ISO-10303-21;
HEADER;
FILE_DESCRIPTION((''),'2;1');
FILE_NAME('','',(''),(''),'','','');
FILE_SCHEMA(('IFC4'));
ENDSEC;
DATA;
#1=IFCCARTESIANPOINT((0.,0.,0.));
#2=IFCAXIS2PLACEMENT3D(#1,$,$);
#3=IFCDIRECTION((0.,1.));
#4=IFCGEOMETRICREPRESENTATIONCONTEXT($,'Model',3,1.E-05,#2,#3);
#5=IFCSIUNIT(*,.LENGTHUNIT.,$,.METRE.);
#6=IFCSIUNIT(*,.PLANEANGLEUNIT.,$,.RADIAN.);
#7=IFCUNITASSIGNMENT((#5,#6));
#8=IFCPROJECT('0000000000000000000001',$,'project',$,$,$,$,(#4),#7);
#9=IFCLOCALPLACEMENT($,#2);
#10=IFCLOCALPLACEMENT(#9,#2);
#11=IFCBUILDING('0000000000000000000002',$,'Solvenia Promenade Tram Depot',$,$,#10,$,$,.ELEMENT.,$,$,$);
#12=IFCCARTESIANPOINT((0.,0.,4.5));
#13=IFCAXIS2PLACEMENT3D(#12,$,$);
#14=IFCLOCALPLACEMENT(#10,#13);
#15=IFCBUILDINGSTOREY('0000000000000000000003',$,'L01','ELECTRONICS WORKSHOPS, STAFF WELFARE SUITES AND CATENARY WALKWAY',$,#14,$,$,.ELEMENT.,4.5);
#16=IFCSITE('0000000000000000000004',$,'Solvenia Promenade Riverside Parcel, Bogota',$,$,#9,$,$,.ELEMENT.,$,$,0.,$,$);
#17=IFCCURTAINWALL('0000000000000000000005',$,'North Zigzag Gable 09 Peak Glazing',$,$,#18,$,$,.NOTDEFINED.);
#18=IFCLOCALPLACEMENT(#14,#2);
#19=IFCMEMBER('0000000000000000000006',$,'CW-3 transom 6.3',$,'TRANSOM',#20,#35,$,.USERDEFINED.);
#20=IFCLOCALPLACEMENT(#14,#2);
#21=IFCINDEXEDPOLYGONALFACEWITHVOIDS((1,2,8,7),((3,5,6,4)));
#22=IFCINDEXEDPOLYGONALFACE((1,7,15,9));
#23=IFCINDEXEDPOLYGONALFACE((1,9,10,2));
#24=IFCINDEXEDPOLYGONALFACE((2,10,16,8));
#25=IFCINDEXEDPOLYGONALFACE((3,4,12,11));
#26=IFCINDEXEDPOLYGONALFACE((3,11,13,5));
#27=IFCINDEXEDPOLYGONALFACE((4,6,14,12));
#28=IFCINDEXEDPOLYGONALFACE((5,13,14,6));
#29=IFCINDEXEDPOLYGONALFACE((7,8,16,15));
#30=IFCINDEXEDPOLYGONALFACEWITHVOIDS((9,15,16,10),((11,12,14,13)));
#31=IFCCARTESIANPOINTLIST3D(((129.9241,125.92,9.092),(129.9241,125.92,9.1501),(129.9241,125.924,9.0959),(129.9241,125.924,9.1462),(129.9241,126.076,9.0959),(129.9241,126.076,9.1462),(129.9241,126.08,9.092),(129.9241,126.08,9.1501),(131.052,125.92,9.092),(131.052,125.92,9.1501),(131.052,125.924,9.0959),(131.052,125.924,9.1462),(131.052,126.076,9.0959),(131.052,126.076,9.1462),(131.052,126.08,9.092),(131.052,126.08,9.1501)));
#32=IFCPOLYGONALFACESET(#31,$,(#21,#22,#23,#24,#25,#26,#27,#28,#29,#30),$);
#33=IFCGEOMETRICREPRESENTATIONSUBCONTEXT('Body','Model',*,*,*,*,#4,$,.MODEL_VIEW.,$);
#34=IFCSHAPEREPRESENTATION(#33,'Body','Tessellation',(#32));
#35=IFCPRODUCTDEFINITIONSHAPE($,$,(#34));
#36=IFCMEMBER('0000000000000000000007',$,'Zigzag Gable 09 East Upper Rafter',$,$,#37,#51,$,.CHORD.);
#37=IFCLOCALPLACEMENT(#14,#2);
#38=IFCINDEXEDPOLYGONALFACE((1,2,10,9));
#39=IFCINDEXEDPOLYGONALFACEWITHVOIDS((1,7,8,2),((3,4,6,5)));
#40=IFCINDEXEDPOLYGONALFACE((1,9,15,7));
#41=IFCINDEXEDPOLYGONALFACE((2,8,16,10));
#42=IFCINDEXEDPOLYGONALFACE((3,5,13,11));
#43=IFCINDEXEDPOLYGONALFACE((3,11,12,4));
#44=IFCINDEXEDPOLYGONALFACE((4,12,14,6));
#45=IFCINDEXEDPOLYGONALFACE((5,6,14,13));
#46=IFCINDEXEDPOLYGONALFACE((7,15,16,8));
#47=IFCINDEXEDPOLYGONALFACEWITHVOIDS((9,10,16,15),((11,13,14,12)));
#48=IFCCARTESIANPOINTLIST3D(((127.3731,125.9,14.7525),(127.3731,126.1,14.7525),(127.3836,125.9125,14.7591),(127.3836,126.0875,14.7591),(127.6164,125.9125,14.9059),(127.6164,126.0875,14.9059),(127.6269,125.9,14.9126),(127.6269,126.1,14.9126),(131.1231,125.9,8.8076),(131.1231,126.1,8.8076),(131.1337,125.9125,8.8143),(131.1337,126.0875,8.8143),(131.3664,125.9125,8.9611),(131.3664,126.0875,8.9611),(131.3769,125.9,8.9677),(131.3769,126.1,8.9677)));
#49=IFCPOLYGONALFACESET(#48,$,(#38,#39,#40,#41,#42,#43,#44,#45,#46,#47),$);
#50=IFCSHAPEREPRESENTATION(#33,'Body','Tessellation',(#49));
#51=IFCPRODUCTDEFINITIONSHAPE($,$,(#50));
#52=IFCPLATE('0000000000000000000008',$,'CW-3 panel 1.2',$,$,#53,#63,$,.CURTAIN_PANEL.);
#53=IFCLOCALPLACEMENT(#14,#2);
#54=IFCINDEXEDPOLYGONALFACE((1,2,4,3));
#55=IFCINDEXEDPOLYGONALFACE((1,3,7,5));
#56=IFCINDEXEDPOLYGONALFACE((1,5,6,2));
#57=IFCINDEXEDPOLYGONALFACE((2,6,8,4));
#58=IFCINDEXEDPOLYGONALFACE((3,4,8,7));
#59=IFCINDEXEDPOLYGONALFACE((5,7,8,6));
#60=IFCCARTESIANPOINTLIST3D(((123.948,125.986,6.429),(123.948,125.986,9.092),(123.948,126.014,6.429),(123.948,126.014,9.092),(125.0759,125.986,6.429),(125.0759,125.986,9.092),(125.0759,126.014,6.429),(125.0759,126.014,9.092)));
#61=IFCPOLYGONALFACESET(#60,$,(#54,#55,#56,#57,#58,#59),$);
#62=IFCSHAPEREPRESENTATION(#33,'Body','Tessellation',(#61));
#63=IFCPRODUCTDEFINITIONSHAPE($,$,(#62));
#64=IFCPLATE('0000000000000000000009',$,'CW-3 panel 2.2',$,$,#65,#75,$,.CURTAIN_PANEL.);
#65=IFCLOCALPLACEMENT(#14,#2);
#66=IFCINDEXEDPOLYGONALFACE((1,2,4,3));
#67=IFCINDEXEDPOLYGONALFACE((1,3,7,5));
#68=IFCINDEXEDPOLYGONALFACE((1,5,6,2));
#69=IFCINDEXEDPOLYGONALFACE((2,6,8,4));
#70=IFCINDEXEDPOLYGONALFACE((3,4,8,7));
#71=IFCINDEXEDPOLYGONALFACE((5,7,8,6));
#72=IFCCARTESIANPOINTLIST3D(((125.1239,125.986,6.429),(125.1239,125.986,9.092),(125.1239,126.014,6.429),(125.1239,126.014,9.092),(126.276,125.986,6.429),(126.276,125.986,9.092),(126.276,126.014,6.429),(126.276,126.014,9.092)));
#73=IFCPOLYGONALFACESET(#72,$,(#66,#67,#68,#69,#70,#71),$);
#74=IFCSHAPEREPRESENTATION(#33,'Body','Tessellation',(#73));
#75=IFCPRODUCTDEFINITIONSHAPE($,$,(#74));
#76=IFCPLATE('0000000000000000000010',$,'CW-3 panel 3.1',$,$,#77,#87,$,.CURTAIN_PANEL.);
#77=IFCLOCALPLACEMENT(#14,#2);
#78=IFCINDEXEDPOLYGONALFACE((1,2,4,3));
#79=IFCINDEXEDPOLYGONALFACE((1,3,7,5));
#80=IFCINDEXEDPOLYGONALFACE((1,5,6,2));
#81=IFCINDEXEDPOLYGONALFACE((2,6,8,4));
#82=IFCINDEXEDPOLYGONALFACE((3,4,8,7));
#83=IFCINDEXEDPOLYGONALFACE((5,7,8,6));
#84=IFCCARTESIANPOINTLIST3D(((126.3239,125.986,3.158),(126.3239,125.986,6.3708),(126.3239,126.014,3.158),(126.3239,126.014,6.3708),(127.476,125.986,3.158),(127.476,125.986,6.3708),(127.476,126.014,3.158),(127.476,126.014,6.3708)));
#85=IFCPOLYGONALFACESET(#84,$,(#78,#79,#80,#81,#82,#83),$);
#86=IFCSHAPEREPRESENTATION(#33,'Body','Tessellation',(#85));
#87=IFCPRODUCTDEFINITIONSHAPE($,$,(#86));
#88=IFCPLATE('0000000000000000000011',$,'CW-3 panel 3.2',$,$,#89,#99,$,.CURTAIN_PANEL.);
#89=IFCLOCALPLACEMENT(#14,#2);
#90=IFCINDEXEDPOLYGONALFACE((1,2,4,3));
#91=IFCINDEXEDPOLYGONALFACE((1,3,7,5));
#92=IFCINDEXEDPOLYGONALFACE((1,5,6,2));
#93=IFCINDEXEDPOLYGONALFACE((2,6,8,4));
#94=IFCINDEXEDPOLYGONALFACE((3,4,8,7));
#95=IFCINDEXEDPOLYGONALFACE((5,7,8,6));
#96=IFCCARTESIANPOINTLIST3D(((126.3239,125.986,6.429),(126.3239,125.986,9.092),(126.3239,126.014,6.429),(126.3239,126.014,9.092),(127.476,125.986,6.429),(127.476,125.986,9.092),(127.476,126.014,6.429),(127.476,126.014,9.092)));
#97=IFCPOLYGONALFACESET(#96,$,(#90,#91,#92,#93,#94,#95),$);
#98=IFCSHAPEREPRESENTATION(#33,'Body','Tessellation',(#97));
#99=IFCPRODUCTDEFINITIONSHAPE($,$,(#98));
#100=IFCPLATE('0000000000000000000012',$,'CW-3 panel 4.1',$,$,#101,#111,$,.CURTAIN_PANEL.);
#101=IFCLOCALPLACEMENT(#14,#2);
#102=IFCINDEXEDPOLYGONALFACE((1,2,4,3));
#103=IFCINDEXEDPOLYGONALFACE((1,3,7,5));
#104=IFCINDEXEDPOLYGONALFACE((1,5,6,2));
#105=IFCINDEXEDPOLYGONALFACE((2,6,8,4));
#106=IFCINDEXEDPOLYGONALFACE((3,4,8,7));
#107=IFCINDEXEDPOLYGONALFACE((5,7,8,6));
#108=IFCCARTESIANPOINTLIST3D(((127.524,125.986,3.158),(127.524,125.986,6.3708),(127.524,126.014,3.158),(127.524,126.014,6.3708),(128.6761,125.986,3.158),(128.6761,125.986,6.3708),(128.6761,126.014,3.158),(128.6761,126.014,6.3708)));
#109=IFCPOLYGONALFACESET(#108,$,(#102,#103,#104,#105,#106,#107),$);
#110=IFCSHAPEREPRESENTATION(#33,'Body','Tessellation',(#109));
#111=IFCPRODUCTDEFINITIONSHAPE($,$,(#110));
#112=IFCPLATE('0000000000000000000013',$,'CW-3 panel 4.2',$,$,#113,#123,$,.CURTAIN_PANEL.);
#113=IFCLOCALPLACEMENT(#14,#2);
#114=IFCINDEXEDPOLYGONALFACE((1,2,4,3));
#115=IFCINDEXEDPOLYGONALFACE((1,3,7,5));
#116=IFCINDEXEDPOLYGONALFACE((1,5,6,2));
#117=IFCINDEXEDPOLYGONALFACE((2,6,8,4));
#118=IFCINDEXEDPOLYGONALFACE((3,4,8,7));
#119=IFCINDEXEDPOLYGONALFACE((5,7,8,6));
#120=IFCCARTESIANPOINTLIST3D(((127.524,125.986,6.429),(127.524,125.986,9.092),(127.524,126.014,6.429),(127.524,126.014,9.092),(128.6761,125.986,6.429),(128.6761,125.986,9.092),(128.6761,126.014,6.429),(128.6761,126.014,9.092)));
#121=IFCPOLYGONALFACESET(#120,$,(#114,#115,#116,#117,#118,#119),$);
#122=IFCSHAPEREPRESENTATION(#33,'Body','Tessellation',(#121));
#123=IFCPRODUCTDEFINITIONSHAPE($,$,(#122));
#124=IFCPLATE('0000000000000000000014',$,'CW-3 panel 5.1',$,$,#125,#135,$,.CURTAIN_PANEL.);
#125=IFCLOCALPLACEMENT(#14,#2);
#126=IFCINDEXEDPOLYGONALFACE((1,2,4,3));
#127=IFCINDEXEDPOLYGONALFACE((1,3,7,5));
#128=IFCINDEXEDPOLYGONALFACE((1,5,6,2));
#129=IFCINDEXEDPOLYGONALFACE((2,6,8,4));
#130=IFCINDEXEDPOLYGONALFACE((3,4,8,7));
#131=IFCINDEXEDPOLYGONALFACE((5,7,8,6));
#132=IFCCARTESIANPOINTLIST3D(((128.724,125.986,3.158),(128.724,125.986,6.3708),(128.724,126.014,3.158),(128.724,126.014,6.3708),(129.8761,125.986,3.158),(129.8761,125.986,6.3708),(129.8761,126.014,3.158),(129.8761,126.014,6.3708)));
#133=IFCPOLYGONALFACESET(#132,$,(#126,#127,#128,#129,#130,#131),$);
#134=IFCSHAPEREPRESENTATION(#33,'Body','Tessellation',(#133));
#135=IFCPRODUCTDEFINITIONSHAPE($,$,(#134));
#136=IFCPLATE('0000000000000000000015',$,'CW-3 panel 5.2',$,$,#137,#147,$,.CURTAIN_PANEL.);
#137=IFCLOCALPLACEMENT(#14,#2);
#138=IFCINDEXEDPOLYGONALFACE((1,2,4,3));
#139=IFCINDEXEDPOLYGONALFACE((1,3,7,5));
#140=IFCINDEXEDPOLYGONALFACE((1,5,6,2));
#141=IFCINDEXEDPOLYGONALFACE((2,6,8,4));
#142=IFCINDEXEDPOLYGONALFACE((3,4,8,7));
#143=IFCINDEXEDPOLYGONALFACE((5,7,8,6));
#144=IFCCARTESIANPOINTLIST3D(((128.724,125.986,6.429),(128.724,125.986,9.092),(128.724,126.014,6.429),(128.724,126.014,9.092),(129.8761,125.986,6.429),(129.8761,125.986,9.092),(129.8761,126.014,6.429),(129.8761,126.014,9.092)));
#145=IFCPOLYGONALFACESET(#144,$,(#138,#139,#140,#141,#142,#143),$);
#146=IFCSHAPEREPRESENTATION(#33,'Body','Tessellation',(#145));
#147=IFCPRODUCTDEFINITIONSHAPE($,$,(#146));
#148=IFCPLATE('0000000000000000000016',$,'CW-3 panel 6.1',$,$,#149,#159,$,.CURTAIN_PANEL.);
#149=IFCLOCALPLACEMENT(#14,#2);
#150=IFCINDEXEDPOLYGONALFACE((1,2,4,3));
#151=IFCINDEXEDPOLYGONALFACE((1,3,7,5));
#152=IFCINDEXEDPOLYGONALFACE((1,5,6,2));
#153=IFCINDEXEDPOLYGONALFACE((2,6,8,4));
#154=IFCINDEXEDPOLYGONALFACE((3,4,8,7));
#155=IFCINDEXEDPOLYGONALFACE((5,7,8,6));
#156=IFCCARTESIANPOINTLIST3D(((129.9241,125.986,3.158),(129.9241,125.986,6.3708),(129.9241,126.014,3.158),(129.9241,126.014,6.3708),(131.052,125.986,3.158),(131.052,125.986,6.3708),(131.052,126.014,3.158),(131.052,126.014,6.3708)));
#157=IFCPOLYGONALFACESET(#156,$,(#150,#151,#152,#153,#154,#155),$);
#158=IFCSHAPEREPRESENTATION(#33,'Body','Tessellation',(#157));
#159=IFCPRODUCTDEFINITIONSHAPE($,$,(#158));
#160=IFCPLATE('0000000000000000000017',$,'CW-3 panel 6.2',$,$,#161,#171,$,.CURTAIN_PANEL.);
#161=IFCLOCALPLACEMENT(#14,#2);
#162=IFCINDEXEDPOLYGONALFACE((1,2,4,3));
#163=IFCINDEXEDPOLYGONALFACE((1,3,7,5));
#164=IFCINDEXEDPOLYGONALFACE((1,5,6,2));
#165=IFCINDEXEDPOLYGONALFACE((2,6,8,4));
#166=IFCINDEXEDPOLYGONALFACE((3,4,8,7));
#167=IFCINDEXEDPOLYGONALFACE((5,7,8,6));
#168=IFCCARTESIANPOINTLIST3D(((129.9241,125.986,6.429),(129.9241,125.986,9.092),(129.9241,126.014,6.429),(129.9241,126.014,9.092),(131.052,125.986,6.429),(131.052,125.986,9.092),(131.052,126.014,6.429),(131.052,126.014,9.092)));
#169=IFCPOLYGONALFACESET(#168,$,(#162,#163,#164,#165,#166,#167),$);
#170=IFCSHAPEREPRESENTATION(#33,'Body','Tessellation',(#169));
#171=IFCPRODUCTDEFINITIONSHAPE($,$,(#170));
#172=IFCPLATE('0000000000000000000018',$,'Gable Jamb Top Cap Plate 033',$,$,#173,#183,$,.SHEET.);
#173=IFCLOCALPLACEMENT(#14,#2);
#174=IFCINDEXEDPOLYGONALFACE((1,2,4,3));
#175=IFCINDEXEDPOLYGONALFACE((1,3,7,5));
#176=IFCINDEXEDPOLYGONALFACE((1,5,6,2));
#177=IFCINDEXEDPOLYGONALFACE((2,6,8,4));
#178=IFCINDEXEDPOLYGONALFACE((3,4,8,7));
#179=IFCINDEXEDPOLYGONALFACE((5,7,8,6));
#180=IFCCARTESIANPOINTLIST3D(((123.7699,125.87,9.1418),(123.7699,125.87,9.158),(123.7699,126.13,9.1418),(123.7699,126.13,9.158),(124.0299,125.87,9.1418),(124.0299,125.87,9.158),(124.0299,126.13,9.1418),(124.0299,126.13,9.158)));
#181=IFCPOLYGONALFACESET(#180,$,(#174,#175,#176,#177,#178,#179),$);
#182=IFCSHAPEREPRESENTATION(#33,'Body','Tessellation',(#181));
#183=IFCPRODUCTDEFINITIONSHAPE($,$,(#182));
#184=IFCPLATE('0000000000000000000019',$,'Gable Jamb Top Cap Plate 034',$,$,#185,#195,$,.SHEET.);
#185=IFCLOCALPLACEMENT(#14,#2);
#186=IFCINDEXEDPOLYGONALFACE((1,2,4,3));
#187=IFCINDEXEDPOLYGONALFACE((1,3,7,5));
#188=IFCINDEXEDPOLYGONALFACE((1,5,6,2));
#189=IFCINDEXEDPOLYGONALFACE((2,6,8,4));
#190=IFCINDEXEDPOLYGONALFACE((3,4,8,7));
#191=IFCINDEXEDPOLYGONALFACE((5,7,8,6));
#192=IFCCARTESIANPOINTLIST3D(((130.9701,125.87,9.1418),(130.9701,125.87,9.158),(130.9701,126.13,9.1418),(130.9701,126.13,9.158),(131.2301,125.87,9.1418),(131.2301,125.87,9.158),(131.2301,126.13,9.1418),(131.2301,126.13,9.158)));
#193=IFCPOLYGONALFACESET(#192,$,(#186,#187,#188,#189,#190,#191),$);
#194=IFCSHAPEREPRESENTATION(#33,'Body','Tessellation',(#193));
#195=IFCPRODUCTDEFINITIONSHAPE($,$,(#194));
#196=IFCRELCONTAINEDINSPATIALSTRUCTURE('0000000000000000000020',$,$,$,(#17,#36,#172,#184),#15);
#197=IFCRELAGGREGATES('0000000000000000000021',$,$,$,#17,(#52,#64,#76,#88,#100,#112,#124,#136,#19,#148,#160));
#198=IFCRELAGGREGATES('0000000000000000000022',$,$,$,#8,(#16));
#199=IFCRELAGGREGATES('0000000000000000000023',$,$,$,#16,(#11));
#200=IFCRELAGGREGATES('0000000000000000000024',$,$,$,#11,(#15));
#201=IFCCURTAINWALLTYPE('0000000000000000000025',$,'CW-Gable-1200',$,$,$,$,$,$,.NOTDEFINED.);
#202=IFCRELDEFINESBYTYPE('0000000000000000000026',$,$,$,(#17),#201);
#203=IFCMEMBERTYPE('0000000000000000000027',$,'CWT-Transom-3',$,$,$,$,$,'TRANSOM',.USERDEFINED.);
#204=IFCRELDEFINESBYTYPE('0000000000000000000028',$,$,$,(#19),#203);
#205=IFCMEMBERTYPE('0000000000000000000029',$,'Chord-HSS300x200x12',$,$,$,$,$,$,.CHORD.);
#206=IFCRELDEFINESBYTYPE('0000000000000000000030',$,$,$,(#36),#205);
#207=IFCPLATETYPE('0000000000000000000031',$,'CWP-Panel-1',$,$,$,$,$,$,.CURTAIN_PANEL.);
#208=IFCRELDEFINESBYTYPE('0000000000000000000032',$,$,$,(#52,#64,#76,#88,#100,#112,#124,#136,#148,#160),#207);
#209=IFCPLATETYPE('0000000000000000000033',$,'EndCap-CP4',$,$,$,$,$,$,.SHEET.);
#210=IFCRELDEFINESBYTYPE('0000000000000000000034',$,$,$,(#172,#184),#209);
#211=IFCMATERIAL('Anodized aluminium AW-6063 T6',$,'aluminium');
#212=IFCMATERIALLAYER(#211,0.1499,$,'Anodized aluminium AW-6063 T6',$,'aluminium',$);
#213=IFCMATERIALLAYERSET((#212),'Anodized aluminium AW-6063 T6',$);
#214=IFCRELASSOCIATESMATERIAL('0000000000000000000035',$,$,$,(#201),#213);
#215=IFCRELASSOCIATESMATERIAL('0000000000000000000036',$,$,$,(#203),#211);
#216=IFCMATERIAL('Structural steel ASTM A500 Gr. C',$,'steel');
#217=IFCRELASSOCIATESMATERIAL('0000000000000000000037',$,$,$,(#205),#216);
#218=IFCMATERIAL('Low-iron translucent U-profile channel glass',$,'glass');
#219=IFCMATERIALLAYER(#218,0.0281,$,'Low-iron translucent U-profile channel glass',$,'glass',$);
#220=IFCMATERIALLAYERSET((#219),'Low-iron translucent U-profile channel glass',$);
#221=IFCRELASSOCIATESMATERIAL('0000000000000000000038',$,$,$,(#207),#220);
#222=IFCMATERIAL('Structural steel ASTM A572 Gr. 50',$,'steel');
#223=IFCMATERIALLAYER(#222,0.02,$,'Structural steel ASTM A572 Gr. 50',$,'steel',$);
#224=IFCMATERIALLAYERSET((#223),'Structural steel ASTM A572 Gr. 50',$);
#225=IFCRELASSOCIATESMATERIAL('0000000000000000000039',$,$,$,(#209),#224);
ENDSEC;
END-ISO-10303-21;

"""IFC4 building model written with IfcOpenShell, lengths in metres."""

from ifc_helpers import new_model, si_unit, direction, frame, origin, origin_2d, place, context, subcontext, project, spatial, rectangle, hollow_rectangle, extrude, material, layer, layer_set, material_profile, profile_set, type_object, element, aggregate, save


model = new_model("IFC4")

# Units and contexts
model_context = context("Model", 3, precision=1e-05, world=origin(), true_north=direction((0.0, 1.0)))
body_context = subcontext(model_context, "Body", "Model", "MODEL_VIEW")
ifc_project = project(units=[si_unit("LENGTHUNIT", "METRE"), si_unit("PLANEANGLEUNIT", "RADIAN")], contexts=[model_context])

# Site, building, storey
site_placement = place(None, origin())
site = spatial("IfcSite", under=ifc_project, at=site_placement, Name="Solvenia Promenade Riverside Parcel, Bogota", CompositionType="ELEMENT", RefElevation=0.0)
building_placement = place(site_placement, origin())
building = spatial("IfcBuilding", under=site, at=building_placement, Name="Solvenia Promenade Tram Depot", CompositionType="ELEMENT")
storey_placement = place(building_placement, frame((0.0, 0.0, 4.5)))
storey = spatial("IfcBuildingStorey", under=building, at=storey_placement, Name="L01", Description="ELECTRONICS WORKSHOPS, STAFF WELFARE SUITES AND CATENARY WALKWAY", CompositionType="ELEMENT", Elevation=4.5)

# Curtain wall, member
ifc_material_1 = material(Name="Anodized aluminium AW-6063 T6", Category="aluminium")
ifc_layer_1 = layer(ifc_material_1, 0.1499, Name="Anodized aluminium AW-6063 T6", Category="aluminium")
ifc_layer_set_1 = layer_set([ifc_layer_1], Name="Anodized aluminium AW-6063 T6")
curtain_wall_type = type_object("IfcCurtainWallType", Name="CW-Gable-1200", PredefinedType="NOTDEFINED", material=ifc_layer_set_1)
curtain_wall_placement = place(storey_placement, origin())
curtain_wall = element("IfcCurtainWall", 1, at=curtain_wall_placement, inside=storey, type_object=curtain_wall_type, Name="North Zigzag Gable 09 Peak Glazing", PredefinedType="NOTDEFINED")
ifc_material_profile_1 = material_profile(ifc_material_1, hollow_rectangle(XDim=0.1599, YDim=0.0581, WallThickness=0.0039, at=origin_2d()), Name="ALU-T3", Category="aluminium")
ifc_profile_set_1 = profile_set([ifc_material_profile_1], Name="Anodized aluminium AW-6063 T6")
member_type_1 = type_object("IfcMemberType", Name="CWT-Transom-3", ElementType="TRANSOM", PredefinedType="USERDEFINED", material=ifc_profile_set_1)
member_1_placement = place(storey_placement, frame((129.9241, 126.0, 9.1211), z_axis=(1.0, 0.0, 0.0), x_axis=(0.0, 1.0, 0.0)))
member_1 = element("IfcMember", 2, at=member_1_placement, type_object=member_type_1, Name="CW-3 transom 6.3", ObjectType="TRANSOM", PredefinedType="USERDEFINED", context=body_context, shape_type="SweptSolid", body=[
    extrude(hollow_rectangle(XDim=0.1599, YDim=0.0581, WallThickness=0.0039, at=origin_2d()), origin(), (0.0, 0.0, 1.0), 1.1279),
])

# Member
ifc_material_2 = material(Name="Structural steel ASTM A500 Gr. C", Category="steel")
ifc_material_profile_2 = material_profile(ifc_material_2, hollow_rectangle(XDim=0.2, YDim=0.3, WallThickness=0.0125, at=origin_2d()), Name="HSS300x200x12.5", Category="steel")
ifc_profile_set_2 = profile_set([ifc_material_profile_2], Name="Structural steel ASTM A500 Gr. C")
member_type_2 = type_object("IfcMemberType", Name="Chord-HSS300x200x12", PredefinedType="CHORD", material=ifc_profile_set_2)
member_2_placement = place(storey_placement, frame((127.5, 126.0, 14.8325), z_axis=(0.533522, 0.0, -0.845786), x_axis=(0.0, 1.0, 0.0)))
element("IfcMember", 3, at=member_2_placement, inside=storey, type_object=member_type_2, Name="Zigzag Gable 09 East Upper Rafter", PredefinedType="CHORD", context=body_context, shape_type="SweptSolid", body=[
    extrude(hollow_rectangle(XDim=0.2, YDim=0.3, WallThickness=0.0125, at=origin_2d()), origin(), (0.0, 0.0, 1.0), 7.0288),
])

# Plates
ifc_material_3 = material(Name="Low-iron translucent U-profile channel glass", Category="glass")
ifc_layer_2 = layer(ifc_material_3, 0.0281, Name="Low-iron translucent U-profile channel glass", Category="glass")
ifc_layer_set_2 = layer_set([ifc_layer_2], Name="Low-iron translucent U-profile channel glass")
plate_type_1 = type_object("IfcPlateType", Name="CWP-Panel-1", PredefinedType="CURTAIN_PANEL", material=ifc_layer_set_2)
plate_1_placement = place(storey_placement, frame((124.512, 126.0, 6.429), z_axis=(0.0, 0.0, 1.0), x_axis=(1.0, 0.0, 0.0)))
plate_1 = element("IfcPlate", 4, at=plate_1_placement, type_object=plate_type_1, Name="CW-3 panel 1.2", PredefinedType="CURTAIN_PANEL", context=body_context, shape_type="SweptSolid", body=[
    extrude(rectangle(XDim=1.1279, YDim=0.0281, at=origin_2d()), origin(), (0.0, 0.0, 1.0), 2.6631),
])
plate_2_placement = place(storey_placement, frame((125.7, 126.0, 6.429), z_axis=(0.0, 0.0, 1.0), x_axis=(1.0, 0.0, 0.0)))
plate_2 = element("IfcPlate", 5, at=plate_2_placement, type_object=plate_type_1, Name="CW-3 panel 2.2", PredefinedType="CURTAIN_PANEL", context=body_context, shape_type="SweptSolid", body=[
    extrude(rectangle(XDim=1.1521, YDim=0.0281, at=origin_2d()), origin(), (0.0, 0.0, 1.0), 2.6631),
])
plate_3_placement = place(storey_placement, frame((126.8999, 126.0, 3.158), z_axis=(0.0, 0.0, 1.0), x_axis=(1.0, 0.0, 0.0)))
plate_3 = element("IfcPlate", 6, at=plate_3_placement, type_object=plate_type_1, Name="CW-3 panel 3.1", PredefinedType="CURTAIN_PANEL", context=body_context, shape_type="SweptSolid", body=[
    extrude(rectangle(XDim=1.1521, YDim=0.0281, at=origin_2d()), origin(), (0.0, 0.0, 1.0), 3.2129),
])
plate_4_placement = place(storey_placement, frame((126.8999, 126.0, 6.429), z_axis=(0.0, 0.0, 1.0), x_axis=(1.0, 0.0, 0.0)))
plate_4 = element("IfcPlate", 7, at=plate_4_placement, type_object=plate_type_1, Name="CW-3 panel 3.2", PredefinedType="CURTAIN_PANEL", context=body_context, shape_type="SweptSolid", body=[
    extrude(rectangle(XDim=1.1521, YDim=0.0281, at=origin_2d()), origin(), (0.0, 0.0, 1.0), 2.6631),
])
plate_5_placement = place(storey_placement, frame((128.1001, 126.0, 3.158), z_axis=(0.0, 0.0, 1.0), x_axis=(1.0, 0.0, 0.0)))
plate_5 = element("IfcPlate", 8, at=plate_5_placement, type_object=plate_type_1, Name="CW-3 panel 4.1", PredefinedType="CURTAIN_PANEL", context=body_context, shape_type="SweptSolid", body=[
    extrude(rectangle(XDim=1.1521, YDim=0.0281, at=origin_2d()), origin(), (0.0, 0.0, 1.0), 3.2129),
])
plate_6_placement = place(storey_placement, frame((128.1001, 126.0, 6.429), z_axis=(0.0, 0.0, 1.0), x_axis=(1.0, 0.0, 0.0)))
plate_6 = element("IfcPlate", 9, at=plate_6_placement, type_object=plate_type_1, Name="CW-3 panel 4.2", PredefinedType="CURTAIN_PANEL", context=body_context, shape_type="SweptSolid", body=[
    extrude(rectangle(XDim=1.1521, YDim=0.0281, at=origin_2d()), origin(), (0.0, 0.0, 1.0), 2.6631),
])
plate_7_placement = place(storey_placement, frame((129.3, 126.0, 3.158), z_axis=(0.0, 0.0, 1.0), x_axis=(1.0, 0.0, 0.0)))
plate_7 = element("IfcPlate", 10, at=plate_7_placement, type_object=plate_type_1, Name="CW-3 panel 5.1", PredefinedType="CURTAIN_PANEL", context=body_context, shape_type="SweptSolid", body=[
    extrude(rectangle(XDim=1.1521, YDim=0.0281, at=origin_2d()), origin(), (0.0, 0.0, 1.0), 3.2129),
])
plate_8_placement = place(storey_placement, frame((129.3, 126.0, 6.429), z_axis=(0.0, 0.0, 1.0), x_axis=(1.0, 0.0, 0.0)))
plate_8 = element("IfcPlate", 11, at=plate_8_placement, type_object=plate_type_1, Name="CW-3 panel 5.2", PredefinedType="CURTAIN_PANEL", context=body_context, shape_type="SweptSolid", body=[
    extrude(rectangle(XDim=1.1521, YDim=0.0281, at=origin_2d()), origin(), (0.0, 0.0, 1.0), 2.6631),
])
plate_9_placement = place(storey_placement, frame((130.488, 126.0, 3.158), z_axis=(0.0, 0.0, 1.0), x_axis=(1.0, 0.0, 0.0)))
plate_9 = element("IfcPlate", 12, at=plate_9_placement, type_object=plate_type_1, Name="CW-3 panel 6.1", PredefinedType="CURTAIN_PANEL", context=body_context, shape_type="SweptSolid", body=[
    extrude(rectangle(XDim=1.1279, YDim=0.0281, at=origin_2d()), origin(), (0.0, 0.0, 1.0), 3.2129),
])
plate_10_placement = place(storey_placement, frame((130.488, 126.0, 6.429), z_axis=(0.0, 0.0, 1.0), x_axis=(1.0, 0.0, 0.0)))
plate_10 = element("IfcPlate", 13, at=plate_10_placement, type_object=plate_type_1, Name="CW-3 panel 6.2", PredefinedType="CURTAIN_PANEL", context=body_context, shape_type="SweptSolid", body=[
    extrude(rectangle(XDim=1.1279, YDim=0.0281, at=origin_2d()), origin(), (0.0, 0.0, 1.0), 2.6631),
])
aggregate(curtain_wall, [plate_1, plate_2, plate_3, plate_4, plate_5, plate_6, plate_7, plate_8, member_1, plate_9, plate_10])

# Plates
ifc_material_4 = material(Name="Structural steel ASTM A572 Gr. 50", Category="steel")
ifc_layer_3 = layer(ifc_material_4, 0.02, Name="Structural steel ASTM A572 Gr. 50", Category="steel")
ifc_layer_set_3 = layer_set([ifc_layer_3], Name="Structural steel ASTM A572 Gr. 50")
plate_type_2 = type_object("IfcPlateType", Name="EndCap-CP4", PredefinedType="SHEET", material=ifc_layer_set_3)
for number, where, z_axis, x_axis, name in (
    (14, (123.8999, 126.0, 9.1418), (0.0, 0.0, 1.0), (1.0, 0.0, 0.0), "Gable Jamb Top Cap Plate 033"),
    (15, (131.1001, 126.0, 9.1418), (0.0, 0.0, 1.0), (1.0, 0.0, 0.0), "Gable Jamb Top Cap Plate 034"),
):
    element("IfcPlate", number, at=place(storey_placement, frame(where, z_axis=z_axis, x_axis=x_axis)), inside=storey, type_object=plate_type_2, Name=name, PredefinedType="SHEET", context=body_context, shape_type="SweptSolid", body=[
        extrude(rectangle(XDim=0.26, YDim=0.26, at=origin_2d()), origin(), (0.0, 0.0, 1.0), 0.0161),
    ])

save(model, "model.ifc")
